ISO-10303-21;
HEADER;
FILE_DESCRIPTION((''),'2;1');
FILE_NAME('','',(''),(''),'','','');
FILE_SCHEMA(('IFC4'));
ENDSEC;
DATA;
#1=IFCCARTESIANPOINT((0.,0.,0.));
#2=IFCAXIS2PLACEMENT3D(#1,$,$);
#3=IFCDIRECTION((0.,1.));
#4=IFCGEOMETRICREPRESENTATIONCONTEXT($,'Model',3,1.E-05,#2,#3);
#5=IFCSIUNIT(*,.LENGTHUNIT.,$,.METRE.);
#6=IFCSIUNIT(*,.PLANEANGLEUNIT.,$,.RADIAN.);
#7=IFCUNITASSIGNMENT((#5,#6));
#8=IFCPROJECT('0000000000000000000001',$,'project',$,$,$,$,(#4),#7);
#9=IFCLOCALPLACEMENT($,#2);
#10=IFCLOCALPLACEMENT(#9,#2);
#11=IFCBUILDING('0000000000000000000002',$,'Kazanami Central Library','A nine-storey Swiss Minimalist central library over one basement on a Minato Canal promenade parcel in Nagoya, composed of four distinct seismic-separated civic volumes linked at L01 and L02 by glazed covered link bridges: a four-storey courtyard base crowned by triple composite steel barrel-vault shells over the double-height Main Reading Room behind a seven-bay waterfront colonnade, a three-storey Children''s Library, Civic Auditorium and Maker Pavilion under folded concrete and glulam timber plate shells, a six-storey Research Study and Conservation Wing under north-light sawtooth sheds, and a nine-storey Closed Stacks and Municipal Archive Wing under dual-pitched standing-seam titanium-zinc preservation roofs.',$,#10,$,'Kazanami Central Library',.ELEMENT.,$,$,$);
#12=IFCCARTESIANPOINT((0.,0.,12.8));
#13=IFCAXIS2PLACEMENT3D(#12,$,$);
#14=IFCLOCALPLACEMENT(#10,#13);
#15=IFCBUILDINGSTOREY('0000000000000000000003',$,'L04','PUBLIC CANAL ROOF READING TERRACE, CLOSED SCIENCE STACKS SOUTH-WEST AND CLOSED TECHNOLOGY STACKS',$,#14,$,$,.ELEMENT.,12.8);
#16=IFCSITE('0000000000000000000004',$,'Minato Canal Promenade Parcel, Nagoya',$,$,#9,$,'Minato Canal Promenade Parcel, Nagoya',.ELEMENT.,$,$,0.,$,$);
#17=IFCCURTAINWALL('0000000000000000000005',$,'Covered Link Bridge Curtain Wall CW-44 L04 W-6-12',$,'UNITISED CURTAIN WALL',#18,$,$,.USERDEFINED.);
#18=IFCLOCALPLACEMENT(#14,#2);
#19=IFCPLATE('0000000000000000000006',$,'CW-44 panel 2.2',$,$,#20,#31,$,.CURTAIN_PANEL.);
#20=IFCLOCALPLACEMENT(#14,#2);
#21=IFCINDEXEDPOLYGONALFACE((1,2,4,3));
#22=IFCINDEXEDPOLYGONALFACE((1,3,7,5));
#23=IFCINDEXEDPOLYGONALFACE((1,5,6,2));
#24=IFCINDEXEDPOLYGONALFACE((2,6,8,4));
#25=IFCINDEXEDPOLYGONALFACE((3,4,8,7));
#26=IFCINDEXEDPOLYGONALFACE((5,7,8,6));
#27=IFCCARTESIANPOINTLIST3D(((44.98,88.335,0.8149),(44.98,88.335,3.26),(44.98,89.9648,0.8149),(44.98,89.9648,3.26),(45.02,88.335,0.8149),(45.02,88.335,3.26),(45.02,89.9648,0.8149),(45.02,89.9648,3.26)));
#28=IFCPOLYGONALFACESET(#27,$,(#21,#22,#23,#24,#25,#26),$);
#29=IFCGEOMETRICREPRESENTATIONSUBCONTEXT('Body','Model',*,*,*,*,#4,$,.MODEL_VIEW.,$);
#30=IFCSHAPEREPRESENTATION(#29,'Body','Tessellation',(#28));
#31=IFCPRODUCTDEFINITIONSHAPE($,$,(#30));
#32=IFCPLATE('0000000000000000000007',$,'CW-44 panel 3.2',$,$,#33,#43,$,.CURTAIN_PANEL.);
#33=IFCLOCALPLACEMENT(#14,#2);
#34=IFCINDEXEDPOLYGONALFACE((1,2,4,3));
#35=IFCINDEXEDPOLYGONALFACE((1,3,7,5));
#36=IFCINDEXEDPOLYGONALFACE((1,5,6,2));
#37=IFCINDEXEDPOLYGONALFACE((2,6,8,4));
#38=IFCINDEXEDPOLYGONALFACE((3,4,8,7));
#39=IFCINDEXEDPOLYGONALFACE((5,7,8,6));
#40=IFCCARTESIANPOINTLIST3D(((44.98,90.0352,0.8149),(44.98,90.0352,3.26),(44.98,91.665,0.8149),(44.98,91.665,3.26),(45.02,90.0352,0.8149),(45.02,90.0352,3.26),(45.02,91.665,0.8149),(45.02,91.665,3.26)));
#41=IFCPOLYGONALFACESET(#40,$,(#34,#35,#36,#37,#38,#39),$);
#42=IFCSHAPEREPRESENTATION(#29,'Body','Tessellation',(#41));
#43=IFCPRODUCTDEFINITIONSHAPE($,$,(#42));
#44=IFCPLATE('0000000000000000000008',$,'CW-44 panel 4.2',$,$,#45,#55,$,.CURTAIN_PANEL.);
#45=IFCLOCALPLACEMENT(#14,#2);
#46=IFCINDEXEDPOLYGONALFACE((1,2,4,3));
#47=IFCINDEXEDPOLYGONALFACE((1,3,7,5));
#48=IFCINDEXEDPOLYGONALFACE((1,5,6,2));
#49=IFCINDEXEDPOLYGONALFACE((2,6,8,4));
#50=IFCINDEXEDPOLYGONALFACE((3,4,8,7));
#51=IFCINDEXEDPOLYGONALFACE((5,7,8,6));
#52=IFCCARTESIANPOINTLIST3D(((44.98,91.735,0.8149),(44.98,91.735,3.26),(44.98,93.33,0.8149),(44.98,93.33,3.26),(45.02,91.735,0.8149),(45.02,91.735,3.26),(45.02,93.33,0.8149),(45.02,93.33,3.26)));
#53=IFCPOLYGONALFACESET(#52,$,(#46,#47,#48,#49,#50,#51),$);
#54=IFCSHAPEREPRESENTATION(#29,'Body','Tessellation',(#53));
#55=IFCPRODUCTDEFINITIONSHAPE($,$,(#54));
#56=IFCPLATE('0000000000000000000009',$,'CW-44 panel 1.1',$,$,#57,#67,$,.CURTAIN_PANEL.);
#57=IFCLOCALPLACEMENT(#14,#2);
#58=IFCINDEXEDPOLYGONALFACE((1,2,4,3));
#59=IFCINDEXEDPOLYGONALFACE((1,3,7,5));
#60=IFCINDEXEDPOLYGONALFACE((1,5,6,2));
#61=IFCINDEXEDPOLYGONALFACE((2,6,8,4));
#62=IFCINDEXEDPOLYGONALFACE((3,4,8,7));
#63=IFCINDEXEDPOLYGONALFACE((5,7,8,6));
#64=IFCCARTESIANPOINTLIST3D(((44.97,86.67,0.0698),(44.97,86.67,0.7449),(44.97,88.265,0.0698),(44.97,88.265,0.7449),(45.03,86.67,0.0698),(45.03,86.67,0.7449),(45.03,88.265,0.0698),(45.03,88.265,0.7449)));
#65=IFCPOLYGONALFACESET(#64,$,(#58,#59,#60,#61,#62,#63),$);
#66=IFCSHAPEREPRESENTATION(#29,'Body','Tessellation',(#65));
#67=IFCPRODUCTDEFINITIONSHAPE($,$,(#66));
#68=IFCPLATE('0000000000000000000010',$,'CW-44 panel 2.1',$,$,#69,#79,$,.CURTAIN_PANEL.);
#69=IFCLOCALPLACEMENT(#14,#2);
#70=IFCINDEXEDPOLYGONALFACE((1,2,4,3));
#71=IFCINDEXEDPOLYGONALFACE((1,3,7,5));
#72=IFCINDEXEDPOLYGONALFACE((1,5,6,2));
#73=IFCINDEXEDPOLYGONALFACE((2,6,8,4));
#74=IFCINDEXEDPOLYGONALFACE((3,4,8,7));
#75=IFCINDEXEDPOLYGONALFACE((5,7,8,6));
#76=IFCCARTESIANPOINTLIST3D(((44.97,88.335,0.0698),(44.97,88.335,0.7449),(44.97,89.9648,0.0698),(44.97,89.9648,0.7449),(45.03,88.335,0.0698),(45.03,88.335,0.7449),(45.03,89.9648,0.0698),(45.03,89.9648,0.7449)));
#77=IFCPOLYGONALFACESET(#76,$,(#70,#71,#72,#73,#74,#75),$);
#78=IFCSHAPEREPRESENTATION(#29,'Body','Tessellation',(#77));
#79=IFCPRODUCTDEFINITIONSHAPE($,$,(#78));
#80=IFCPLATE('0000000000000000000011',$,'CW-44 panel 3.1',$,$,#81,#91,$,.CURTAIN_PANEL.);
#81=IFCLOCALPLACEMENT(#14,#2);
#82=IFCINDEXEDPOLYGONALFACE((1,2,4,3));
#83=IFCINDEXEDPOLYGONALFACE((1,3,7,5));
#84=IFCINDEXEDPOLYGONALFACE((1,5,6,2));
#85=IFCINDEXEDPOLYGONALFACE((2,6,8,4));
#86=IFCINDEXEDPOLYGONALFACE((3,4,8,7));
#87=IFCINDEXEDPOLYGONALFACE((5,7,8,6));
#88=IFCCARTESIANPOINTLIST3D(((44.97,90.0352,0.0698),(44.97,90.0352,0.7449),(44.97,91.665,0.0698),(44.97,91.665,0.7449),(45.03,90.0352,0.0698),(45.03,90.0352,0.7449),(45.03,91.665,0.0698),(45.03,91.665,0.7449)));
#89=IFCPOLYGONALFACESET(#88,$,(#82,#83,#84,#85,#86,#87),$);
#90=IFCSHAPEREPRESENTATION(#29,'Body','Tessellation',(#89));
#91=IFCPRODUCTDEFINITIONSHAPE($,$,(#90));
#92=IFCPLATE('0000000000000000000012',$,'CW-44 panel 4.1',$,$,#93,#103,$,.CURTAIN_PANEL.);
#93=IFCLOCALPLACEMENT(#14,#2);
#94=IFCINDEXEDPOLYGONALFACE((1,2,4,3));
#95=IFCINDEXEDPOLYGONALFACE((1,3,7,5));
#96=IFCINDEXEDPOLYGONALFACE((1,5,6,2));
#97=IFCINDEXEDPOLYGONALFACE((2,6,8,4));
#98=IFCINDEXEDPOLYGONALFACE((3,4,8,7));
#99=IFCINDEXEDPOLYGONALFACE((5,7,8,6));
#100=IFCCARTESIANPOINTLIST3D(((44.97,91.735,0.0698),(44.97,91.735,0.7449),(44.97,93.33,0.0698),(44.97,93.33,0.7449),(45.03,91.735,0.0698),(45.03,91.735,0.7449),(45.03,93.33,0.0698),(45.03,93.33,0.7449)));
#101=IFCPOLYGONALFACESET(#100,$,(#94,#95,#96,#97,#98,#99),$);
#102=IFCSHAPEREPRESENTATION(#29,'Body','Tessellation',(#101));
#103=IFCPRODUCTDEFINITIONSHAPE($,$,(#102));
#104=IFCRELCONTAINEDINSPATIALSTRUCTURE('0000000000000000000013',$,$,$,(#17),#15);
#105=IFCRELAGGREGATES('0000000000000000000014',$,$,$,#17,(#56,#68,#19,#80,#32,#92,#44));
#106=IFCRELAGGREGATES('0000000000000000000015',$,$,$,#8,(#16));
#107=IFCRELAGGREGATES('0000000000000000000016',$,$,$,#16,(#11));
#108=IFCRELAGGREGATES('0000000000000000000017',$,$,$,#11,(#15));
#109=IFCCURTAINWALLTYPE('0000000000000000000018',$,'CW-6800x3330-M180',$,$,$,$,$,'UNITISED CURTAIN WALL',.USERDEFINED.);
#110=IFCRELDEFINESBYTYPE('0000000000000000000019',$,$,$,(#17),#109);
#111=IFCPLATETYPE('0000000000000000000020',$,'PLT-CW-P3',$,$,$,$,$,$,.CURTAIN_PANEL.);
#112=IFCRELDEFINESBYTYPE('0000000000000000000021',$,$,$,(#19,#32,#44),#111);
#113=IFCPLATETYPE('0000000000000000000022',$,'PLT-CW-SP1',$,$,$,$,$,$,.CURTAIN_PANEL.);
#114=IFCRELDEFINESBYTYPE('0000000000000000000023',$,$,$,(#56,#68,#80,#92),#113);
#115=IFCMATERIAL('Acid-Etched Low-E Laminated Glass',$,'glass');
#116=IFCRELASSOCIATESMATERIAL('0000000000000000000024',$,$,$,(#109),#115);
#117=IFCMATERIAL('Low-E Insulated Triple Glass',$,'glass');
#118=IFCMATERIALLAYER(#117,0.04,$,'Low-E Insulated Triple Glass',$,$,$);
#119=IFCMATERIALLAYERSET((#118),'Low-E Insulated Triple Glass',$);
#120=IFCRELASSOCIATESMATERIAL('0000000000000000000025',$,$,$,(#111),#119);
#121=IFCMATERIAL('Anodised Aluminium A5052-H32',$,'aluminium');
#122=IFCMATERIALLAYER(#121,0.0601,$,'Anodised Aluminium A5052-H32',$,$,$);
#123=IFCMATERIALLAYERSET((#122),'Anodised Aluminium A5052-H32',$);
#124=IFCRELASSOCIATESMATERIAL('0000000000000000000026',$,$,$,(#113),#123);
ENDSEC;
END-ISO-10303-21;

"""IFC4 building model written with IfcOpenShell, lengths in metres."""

from ifc_helpers import new_model, si_unit, direction, frame, origin, origin_2d, place, context, subcontext, project, spatial, rectangle, extrude, material, layer, layer_set, type_object, element, aggregate, save


model = new_model("IFC4")

# Units and contexts
model_context = context("Model", 3, precision=1e-05, world=origin(), true_north=direction((0.0, 1.0)))
body_context = subcontext(model_context, "Body", "Model", "MODEL_VIEW")
ifc_project = project(units=[si_unit("LENGTHUNIT", "METRE"), si_unit("PLANEANGLEUNIT", "RADIAN")], contexts=[model_context])

# Site, building, storey
site_placement = place(None, origin())
site = spatial("IfcSite", under=ifc_project, at=site_placement, Name="Minato Canal Promenade Parcel, Nagoya", LongName="Minato Canal Promenade Parcel, Nagoya", CompositionType="ELEMENT", RefElevation=0.0)
building_placement = place(site_placement, origin())
building = spatial("IfcBuilding", under=site, at=building_placement, Name="Kazanami Central Library", Description="A nine-storey Swiss Minimalist central library over one basement on a Minato Canal promenade parcel in Nagoya, composed of four distinct seismic-separated civic volumes linked at L01 and L02 by glazed covered link bridges: a four-storey courtyard base crowned by triple composite steel barrel-vault shells over the double-height Main Reading Room behind a seven-bay waterfront colonnade, a three-storey Children's Library, Civic Auditorium and Maker Pavilion under folded concrete and glulam timber plate shells, a six-storey Research Study and Conservation Wing under north-light sawtooth sheds, and a nine-storey Closed Stacks and Municipal Archive Wing under dual-pitched standing-seam titanium-zinc preservation roofs.", LongName="Kazanami Central Library", CompositionType="ELEMENT")
storey_placement = place(building_placement, frame((0.0, 0.0, 12.8)))
storey = spatial("IfcBuildingStorey", under=building, at=storey_placement, Name="L04", Description="PUBLIC CANAL ROOF READING TERRACE, CLOSED SCIENCE STACKS SOUTH-WEST AND CLOSED TECHNOLOGY STACKS", CompositionType="ELEMENT", Elevation=12.8)

# Curtain wall, plates
ifc_material_1 = material(Name="Acid-Etched Low-E Laminated Glass", Category="glass")
curtain_wall_type = type_object("IfcCurtainWallType", Name="CW-6800x3330-M180", ElementType="UNITISED CURTAIN WALL", PredefinedType="USERDEFINED", material=ifc_material_1)
curtain_wall_placement = place(storey_placement, origin())
curtain_wall = element("IfcCurtainWall", 1, at=curtain_wall_placement, inside=storey, type_object=curtain_wall_type, Name="Covered Link Bridge Curtain Wall CW-44 L04 W-6-12", ObjectType="UNITISED CURTAIN WALL", PredefinedType="USERDEFINED")
ifc_material_2 = material(Name="Low-E Insulated Triple Glass", Category="glass")
ifc_layer_1 = layer(ifc_material_2, 0.04, Name="Low-E Insulated Triple Glass")
ifc_layer_set_1 = layer_set([ifc_layer_1], Name="Low-E Insulated Triple Glass")
plate_type_1 = type_object("IfcPlateType", Name="PLT-CW-P3", PredefinedType="CURTAIN_PANEL", material=ifc_layer_set_1)
plate_1_placement = place(storey_placement, frame((45.0, 89.1499, 0.8149), z_axis=(0.0, 0.0, 1.0), x_axis=(0.0, 1.0, 0.0)))
plate_1 = element("IfcPlate", 2, at=plate_1_placement, type_object=plate_type_1, Name="CW-44 panel 2.2", PredefinedType="CURTAIN_PANEL", context=body_context, shape_type="SweptSolid", body=[
    extrude(rectangle(XDim=1.6299, YDim=0.04, at=origin_2d()), origin(), (0.0, 0.0, 1.0), 2.4451),
])
plate_2_placement = place(storey_placement, frame((45.0, 90.8501, 0.8149), z_axis=(0.0, 0.0, 1.0), x_axis=(0.0, 1.0, 0.0)))
plate_2 = element("IfcPlate", 3, at=plate_2_placement, type_object=plate_type_1, Name="CW-44 panel 3.2", PredefinedType="CURTAIN_PANEL", context=body_context, shape_type="SweptSolid", body=[
    extrude(rectangle(XDim=1.6299, YDim=0.04, at=origin_2d()), origin(), (0.0, 0.0, 1.0), 2.4451),
])
plate_3_placement = place(storey_placement, frame((45.0, 92.5325, 0.8149), z_axis=(0.0, 0.0, 1.0), x_axis=(0.0, 1.0, 0.0)))
plate_3 = element("IfcPlate", 4, at=plate_3_placement, type_object=plate_type_1, Name="CW-44 panel 4.2", PredefinedType="CURTAIN_PANEL", context=body_context, shape_type="SweptSolid", body=[
    extrude(rectangle(XDim=1.595, YDim=0.04, at=origin_2d()), origin(), (0.0, 0.0, 1.0), 2.4451),
])
ifc_material_3 = material(Name="Anodised Aluminium A5052-H32", Category="aluminium")
ifc_layer_2 = layer(ifc_material_3, 0.0601, Name="Anodised Aluminium A5052-H32")
ifc_layer_set_2 = layer_set([ifc_layer_2], Name="Anodised Aluminium A5052-H32")
plate_type_2 = type_object("IfcPlateType", Name="PLT-CW-SP1", PredefinedType="CURTAIN_PANEL", material=ifc_layer_set_2)
plate_4_placement = place(storey_placement, frame((45.0, 87.4675, 0.0698), z_axis=(0.0, 0.0, 1.0), x_axis=(0.0, 1.0, 0.0)))
plate_4 = element("IfcPlate", 5, at=plate_4_placement, type_object=plate_type_2, Name="CW-44 panel 1.1", PredefinedType="CURTAIN_PANEL", context=body_context, shape_type="SweptSolid", body=[
    extrude(rectangle(XDim=1.595, YDim=0.0601, at=origin_2d()), origin(), (0.0, 0.0, 1.0), 0.675),
])
plate_5_placement = place(storey_placement, frame((45.0, 89.1499, 0.0698), z_axis=(0.0, 0.0, 1.0), x_axis=(0.0, 1.0, 0.0)))
plate_5 = element("IfcPlate", 6, at=plate_5_placement, type_object=plate_type_2, Name="CW-44 panel 2.1", PredefinedType="CURTAIN_PANEL", context=body_context, shape_type="SweptSolid", body=[
    extrude(rectangle(XDim=1.6299, YDim=0.0601, at=origin_2d()), origin(), (0.0, 0.0, 1.0), 0.675),
])
plate_6_placement = place(storey_placement, frame((45.0, 90.8501, 0.0698), z_axis=(0.0, 0.0, 1.0), x_axis=(0.0, 1.0, 0.0)))
plate_6 = element("IfcPlate", 7, at=plate_6_placement, type_object=plate_type_2, Name="CW-44 panel 3.1", PredefinedType="CURTAIN_PANEL", context=body_context, shape_type="SweptSolid", body=[
    extrude(rectangle(XDim=1.6299, YDim=0.0601, at=origin_2d()), origin(), (0.0, 0.0, 1.0), 0.675),
])
plate_7_placement = place(storey_placement, frame((45.0, 92.5325, 0.0698), z_axis=(0.0, 0.0, 1.0), x_axis=(0.0, 1.0, 0.0)))
plate_7 = element("IfcPlate", 8, at=plate_7_placement, type_object=plate_type_2, Name="CW-44 panel 4.1", PredefinedType="CURTAIN_PANEL", context=body_context, shape_type="SweptSolid", body=[
    extrude(rectangle(XDim=1.595, YDim=0.0601, at=origin_2d()), origin(), (0.0, 0.0, 1.0), 0.675),
])
aggregate(curtain_wall, [plate_4, plate_5, plate_1, plate_6, plate_2, plate_7, plate_3])

save(model, "model.ifc")
